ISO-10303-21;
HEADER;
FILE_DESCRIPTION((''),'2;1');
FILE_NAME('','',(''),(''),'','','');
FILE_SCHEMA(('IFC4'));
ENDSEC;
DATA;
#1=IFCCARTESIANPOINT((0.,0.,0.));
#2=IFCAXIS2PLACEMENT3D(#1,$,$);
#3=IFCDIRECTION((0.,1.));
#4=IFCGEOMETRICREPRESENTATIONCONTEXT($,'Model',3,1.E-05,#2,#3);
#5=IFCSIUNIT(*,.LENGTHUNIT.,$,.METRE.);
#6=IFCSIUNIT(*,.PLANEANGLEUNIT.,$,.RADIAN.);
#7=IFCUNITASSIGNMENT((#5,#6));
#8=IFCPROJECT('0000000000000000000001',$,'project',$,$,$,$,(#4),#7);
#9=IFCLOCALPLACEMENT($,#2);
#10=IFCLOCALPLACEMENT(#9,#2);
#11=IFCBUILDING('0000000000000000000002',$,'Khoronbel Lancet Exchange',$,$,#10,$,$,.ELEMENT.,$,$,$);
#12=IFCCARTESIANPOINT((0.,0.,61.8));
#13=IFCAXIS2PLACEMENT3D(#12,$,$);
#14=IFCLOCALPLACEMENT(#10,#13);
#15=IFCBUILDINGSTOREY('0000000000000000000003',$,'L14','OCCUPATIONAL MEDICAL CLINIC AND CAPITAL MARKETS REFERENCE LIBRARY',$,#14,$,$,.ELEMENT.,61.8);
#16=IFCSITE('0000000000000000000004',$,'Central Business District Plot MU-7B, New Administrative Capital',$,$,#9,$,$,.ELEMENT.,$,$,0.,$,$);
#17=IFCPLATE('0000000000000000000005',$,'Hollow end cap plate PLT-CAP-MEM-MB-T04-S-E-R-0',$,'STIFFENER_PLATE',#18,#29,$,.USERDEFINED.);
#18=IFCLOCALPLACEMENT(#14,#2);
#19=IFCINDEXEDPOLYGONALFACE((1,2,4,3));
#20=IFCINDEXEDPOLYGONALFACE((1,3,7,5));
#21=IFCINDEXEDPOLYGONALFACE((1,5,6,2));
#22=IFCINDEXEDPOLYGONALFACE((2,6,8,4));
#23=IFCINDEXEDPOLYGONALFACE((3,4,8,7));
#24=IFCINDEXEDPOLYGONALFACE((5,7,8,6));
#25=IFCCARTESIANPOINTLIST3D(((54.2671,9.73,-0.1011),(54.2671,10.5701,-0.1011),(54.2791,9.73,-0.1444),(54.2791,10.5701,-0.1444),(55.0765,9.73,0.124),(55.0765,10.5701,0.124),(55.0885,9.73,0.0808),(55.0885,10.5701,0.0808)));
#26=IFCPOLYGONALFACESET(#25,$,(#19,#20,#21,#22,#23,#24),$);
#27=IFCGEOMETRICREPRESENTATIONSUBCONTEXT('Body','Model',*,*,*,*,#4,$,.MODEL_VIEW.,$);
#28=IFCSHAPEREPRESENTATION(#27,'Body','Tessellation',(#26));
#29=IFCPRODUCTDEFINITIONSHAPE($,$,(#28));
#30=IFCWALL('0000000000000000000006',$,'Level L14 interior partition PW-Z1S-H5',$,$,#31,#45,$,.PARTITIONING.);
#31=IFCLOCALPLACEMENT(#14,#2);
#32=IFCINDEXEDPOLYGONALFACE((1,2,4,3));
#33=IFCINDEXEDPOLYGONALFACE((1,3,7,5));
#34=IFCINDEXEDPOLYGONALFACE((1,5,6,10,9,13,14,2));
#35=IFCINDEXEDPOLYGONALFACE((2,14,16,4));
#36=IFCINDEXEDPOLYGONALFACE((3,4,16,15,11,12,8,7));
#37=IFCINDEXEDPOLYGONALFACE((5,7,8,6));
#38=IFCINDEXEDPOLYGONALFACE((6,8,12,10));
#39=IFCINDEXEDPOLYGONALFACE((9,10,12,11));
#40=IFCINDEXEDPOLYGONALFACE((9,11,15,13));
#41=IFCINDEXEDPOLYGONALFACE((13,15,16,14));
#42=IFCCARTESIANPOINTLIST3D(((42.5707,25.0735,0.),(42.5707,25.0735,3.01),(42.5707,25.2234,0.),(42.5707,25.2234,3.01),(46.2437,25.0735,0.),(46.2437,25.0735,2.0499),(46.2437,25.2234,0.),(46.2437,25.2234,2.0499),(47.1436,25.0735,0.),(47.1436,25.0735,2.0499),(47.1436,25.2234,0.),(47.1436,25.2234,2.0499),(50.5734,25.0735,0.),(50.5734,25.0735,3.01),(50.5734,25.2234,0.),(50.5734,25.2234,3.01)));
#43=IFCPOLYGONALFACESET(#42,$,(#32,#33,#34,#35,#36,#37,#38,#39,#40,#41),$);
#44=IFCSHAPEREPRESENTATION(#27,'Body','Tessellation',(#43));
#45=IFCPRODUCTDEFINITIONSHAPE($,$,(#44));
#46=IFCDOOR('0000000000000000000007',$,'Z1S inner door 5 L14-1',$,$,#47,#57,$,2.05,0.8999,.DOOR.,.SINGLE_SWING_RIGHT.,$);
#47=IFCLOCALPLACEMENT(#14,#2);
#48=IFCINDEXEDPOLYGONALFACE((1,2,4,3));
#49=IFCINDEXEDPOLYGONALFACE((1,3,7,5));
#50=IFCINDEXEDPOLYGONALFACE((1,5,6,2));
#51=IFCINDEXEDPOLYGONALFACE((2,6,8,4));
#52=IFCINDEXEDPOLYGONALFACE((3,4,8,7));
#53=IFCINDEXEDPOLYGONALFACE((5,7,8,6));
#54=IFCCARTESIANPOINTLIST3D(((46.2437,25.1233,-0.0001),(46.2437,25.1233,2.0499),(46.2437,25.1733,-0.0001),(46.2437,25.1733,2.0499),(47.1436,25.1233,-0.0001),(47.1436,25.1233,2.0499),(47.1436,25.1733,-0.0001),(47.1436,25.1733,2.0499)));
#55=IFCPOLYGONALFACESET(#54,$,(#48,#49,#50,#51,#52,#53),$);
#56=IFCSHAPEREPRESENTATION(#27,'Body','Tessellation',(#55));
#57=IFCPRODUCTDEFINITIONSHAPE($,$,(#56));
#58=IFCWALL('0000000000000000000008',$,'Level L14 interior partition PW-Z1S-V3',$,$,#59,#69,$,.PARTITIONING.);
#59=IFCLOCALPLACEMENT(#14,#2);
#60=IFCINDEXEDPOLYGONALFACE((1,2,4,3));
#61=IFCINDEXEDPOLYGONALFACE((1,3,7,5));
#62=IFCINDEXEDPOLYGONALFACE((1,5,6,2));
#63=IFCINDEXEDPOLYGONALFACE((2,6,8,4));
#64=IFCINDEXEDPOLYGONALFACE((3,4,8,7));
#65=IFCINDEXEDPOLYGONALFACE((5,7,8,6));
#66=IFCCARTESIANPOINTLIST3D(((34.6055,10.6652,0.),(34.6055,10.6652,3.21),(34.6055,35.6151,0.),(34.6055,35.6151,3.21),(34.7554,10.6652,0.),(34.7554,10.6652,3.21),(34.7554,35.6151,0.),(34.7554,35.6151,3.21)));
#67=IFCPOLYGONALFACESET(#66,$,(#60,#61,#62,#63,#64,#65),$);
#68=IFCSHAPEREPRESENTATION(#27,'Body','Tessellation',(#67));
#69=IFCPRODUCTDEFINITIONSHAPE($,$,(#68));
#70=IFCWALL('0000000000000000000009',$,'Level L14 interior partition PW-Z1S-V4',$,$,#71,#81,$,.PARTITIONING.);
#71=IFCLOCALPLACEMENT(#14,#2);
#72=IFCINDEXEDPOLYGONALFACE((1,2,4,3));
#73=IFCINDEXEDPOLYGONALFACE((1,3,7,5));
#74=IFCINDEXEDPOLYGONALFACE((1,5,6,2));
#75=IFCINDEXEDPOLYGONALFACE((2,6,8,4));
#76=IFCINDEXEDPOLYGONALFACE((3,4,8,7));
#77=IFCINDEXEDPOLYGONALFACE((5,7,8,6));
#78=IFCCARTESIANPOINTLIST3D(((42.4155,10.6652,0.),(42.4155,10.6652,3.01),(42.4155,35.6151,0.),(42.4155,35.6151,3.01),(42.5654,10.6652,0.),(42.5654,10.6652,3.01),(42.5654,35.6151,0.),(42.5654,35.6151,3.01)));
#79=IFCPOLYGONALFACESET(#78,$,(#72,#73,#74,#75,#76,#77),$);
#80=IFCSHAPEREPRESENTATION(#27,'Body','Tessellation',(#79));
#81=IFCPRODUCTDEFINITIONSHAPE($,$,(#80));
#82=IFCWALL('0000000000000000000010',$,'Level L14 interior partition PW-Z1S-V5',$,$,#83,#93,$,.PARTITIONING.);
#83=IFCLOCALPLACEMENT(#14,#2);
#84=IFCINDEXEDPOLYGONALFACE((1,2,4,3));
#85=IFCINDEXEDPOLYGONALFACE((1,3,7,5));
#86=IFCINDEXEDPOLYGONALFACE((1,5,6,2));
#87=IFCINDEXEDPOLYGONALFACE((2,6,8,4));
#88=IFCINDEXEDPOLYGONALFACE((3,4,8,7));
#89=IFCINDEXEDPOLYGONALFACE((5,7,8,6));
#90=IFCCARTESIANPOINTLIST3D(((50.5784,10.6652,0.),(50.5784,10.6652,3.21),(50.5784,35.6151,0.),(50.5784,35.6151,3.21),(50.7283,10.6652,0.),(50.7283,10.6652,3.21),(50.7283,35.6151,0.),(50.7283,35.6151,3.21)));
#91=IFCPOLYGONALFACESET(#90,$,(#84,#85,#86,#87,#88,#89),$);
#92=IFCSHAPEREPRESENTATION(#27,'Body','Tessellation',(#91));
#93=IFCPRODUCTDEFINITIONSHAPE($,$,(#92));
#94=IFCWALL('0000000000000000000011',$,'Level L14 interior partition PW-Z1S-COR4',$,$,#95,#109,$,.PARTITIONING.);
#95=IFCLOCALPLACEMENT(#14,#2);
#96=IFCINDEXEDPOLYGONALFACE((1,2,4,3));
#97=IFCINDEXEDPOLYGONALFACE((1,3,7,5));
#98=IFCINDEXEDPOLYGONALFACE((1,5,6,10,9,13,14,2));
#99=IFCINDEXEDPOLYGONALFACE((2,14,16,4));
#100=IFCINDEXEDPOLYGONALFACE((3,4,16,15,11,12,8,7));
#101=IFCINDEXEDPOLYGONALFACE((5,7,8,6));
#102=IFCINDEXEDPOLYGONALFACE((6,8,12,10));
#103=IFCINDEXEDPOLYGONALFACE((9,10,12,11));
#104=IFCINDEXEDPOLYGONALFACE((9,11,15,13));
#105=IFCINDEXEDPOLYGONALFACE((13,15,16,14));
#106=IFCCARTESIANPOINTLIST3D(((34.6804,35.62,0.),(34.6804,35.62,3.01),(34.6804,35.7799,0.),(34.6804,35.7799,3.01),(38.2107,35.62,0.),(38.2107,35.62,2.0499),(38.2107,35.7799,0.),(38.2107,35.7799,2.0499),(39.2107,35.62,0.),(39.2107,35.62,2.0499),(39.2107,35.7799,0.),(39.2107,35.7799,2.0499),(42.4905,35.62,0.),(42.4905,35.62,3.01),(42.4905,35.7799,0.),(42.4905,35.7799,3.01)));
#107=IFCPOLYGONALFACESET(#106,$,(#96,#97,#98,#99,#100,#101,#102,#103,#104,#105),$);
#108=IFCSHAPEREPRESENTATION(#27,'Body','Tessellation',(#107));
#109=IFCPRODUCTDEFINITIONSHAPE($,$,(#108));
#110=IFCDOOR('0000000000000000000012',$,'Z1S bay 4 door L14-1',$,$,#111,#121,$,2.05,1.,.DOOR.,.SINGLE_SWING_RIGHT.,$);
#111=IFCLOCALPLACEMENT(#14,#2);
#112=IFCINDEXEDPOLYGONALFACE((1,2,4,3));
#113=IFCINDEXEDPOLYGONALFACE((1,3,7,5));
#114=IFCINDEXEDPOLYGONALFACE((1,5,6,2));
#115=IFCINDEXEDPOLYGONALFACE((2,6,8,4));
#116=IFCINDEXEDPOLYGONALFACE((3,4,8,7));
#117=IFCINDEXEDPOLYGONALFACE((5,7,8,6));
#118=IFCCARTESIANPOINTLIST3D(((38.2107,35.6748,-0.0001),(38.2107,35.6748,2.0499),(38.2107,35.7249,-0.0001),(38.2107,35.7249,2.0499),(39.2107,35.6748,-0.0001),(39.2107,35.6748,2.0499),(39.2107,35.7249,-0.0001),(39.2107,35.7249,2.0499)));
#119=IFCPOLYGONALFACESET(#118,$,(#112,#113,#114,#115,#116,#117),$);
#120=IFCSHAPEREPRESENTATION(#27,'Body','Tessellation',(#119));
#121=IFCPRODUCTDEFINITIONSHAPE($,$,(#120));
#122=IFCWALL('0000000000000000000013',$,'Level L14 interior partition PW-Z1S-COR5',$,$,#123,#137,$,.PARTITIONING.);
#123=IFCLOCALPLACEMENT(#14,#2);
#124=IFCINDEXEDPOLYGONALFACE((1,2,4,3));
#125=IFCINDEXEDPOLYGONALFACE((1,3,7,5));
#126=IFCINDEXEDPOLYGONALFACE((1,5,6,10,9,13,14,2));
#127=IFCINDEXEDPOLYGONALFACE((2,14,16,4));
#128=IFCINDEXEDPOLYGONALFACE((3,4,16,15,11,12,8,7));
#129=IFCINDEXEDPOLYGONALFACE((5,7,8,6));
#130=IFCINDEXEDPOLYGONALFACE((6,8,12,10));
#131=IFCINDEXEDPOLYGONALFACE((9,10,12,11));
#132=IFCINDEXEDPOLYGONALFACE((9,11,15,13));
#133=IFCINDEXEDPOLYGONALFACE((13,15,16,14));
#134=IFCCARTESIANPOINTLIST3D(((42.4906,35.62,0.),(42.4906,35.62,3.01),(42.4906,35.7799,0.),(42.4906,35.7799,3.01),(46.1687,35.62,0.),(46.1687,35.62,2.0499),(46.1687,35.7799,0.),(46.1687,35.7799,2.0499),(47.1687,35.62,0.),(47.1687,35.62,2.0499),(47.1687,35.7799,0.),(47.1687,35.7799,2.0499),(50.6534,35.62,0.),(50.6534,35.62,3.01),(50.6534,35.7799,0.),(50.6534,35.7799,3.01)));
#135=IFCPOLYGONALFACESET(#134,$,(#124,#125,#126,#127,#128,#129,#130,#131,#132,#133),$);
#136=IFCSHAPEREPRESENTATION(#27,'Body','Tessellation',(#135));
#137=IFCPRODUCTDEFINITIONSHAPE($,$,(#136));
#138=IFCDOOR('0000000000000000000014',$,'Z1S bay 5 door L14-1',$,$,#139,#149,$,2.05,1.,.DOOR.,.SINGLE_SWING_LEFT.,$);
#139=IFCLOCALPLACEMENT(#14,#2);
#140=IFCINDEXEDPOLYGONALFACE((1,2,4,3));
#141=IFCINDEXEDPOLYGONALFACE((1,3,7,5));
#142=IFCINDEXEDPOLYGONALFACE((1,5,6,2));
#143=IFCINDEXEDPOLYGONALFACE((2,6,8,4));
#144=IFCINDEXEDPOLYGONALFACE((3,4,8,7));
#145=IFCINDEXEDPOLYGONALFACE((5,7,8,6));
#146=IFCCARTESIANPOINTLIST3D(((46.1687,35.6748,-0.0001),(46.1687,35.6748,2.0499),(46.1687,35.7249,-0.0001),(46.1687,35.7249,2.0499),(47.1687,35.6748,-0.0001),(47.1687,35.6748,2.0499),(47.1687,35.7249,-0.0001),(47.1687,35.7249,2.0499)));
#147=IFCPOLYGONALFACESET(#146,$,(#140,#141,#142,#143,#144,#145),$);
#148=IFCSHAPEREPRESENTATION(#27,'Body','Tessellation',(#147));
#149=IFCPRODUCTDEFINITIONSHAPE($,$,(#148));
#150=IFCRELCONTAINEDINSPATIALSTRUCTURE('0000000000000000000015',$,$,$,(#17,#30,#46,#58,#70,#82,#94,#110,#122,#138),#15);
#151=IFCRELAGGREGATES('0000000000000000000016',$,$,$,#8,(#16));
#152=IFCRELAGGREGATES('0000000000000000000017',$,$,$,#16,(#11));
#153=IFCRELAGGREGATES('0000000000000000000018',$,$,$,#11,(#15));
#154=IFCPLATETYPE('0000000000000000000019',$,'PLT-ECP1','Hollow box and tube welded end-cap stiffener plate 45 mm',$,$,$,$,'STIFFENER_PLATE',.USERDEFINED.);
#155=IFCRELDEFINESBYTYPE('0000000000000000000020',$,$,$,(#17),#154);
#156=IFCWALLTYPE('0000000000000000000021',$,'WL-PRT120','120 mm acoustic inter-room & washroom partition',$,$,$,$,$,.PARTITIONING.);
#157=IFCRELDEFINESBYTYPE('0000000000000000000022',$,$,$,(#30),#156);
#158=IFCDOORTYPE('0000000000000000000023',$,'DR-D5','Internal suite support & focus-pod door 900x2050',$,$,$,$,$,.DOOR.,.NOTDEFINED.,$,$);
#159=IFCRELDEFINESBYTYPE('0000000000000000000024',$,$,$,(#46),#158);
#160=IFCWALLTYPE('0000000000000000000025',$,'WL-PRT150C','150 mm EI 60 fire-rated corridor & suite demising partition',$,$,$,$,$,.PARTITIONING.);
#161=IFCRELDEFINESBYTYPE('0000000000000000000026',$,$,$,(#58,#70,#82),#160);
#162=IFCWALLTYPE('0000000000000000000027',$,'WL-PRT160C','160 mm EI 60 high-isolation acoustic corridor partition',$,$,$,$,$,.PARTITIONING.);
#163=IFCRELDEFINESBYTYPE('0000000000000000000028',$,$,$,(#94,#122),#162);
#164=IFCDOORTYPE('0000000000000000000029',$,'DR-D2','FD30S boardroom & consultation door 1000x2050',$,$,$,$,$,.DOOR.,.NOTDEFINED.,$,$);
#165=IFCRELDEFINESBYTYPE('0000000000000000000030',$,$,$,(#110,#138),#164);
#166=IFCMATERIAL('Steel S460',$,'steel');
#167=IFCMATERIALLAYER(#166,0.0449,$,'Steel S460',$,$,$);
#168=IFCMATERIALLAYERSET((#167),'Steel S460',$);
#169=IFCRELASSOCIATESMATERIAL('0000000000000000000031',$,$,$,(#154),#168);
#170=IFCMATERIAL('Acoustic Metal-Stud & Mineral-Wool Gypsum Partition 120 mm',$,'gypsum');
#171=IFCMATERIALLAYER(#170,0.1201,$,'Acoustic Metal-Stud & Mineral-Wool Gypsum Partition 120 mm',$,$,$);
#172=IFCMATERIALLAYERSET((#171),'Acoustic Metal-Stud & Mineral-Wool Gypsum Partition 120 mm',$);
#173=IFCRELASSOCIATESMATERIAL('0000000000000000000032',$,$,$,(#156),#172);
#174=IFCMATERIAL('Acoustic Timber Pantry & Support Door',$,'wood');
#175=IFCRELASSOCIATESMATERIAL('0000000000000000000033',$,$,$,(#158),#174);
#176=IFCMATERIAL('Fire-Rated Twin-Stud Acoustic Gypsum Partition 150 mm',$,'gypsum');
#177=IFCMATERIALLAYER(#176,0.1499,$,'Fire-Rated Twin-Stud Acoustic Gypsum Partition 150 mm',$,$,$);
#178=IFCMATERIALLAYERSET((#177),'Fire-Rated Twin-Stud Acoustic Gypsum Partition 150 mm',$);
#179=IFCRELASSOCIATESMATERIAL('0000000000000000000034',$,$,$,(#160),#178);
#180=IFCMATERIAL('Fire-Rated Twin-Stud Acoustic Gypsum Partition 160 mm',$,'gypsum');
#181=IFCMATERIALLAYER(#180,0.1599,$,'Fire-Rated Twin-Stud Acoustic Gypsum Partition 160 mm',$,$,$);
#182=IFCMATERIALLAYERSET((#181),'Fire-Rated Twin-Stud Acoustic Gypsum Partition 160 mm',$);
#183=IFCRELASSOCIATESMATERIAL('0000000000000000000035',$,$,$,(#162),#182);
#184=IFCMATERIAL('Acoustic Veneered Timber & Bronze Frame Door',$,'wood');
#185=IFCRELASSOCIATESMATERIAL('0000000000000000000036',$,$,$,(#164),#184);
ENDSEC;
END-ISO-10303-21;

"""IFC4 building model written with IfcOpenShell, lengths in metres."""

from ifc_helpers import new_model, si_unit, direction, frame, frame_2d, origin, place, context, subcontext, project, spatial, polyline, rectangle, outline, extrude, material, layer, layer_set, type_object, element, fill, save


model = new_model("IFC4")

# Units and contexts
model_context = context("Model", 3, precision=1e-05, world=origin(), true_north=direction((0.0, 1.0)))
body_context = subcontext(model_context, "Body", "Model", "MODEL_VIEW")
ifc_project = project(units=[si_unit("LENGTHUNIT", "METRE"), si_unit("PLANEANGLEUNIT", "RADIAN")], contexts=[model_context])

# Site, building, storey
site_placement = place(None, origin())
site = spatial("IfcSite", under=ifc_project, at=site_placement, Name="Central Business District Plot MU-7B, New Administrative Capital", CompositionType="ELEMENT", RefElevation=0.0)
building_placement = place(site_placement, origin())
building = spatial("IfcBuilding", under=site, at=building_placement, Name="Khoronbel Lancet Exchange", CompositionType="ELEMENT")
storey_placement = place(building_placement, frame((0.0, 0.0, 61.8)))
storey = spatial("IfcBuildingStorey", under=building, at=storey_placement, Name="L14", Description="OCCUPATIONAL MEDICAL CLINIC AND CAPITAL MARKETS REFERENCE LIBRARY", CompositionType="ELEMENT", Elevation=61.8)

# Shared definitions
ifc_material_1 = material(Name="Steel S460", Category="steel")

# Plate
ifc_layer_1 = layer(ifc_material_1, 0.0449, Name="Steel S460")
ifc_layer_set_1 = layer_set([ifc_layer_1], Name="Steel S460")
plate_type = type_object("IfcPlateType", Name="PLT-ECP1", Description="Hollow box and tube welded end-cap stiffener plate 45 mm", ElementType="STIFFENER_PLATE", PredefinedType="USERDEFINED", material=ifc_layer_set_1)
for number, where, z_axis, x_axis, name in (
    (1, (54.2671, 10.5701, -0.1011), (-0.267959, 0.0, 0.96343), (0.0, -1.0, 0.0), "Hollow end cap plate PLT-CAP-MEM-MB-T04-S-E-R-0"),
):
    element("IfcPlate", number, at=place(storey_placement, frame(where, z_axis=z_axis, x_axis=x_axis)), inside=storey, type_object=plate_type, Name=name, ObjectType="STIFFENER_PLATE", PredefinedType="USERDEFINED", context=body_context, shape_type="SweptSolid", body=[
        extrude(outline(polyline([(0.0, 0.0), (0.8401, 0.0), (0.8401, 0.8401), (0.0, 0.8401), (0.0, 0.0)])), origin(), (0.0, 0.0, -1.0), 0.0449),
    ])

# Wall, opening, door
ifc_material_2 = material(Name="Acoustic Metal-Stud & Mineral-Wool Gypsum Partition 120 mm", Category="gypsum")
ifc_layer_2 = layer(ifc_material_2, 0.1201, Name="Acoustic Metal-Stud & Mineral-Wool Gypsum Partition 120 mm")
ifc_layer_set_2 = layer_set([ifc_layer_2], Name="Acoustic Metal-Stud & Mineral-Wool Gypsum Partition 120 mm")
wall_type_1 = type_object("IfcWallType", Name="WL-PRT120", Description="120 mm acoustic inter-room & washroom partition", PredefinedType="PARTITIONING", material=ifc_layer_set_2)
wall_1_placement = place(storey_placement, frame((42.5706, 25.1484, 0.0), z_axis=(0.0, 0.0, 1.0), x_axis=(1.0, 0.0, 0.0)))
wall_1 = element("IfcWall", 2, at=wall_1_placement, inside=storey, type_object=wall_type_1, Name="Level L14 interior partition PW-Z1S-H5", PredefinedType="PARTITIONING", context=body_context, shape_type="SweptSolid", body=[
    extrude(rectangle(XDim=8.0027, YDim=0.1499, at=frame_2d((4.0015, 0.0))), origin(), (0.0, 0.0, 1.0), 3.01),
])
opening_1_placement = place(wall_1_placement, frame((3.6731, 0.0, 0.0)))
opening_1 = element("IfcOpeningElement", 3, at=opening_1_placement, cuts=wall_1, PredefinedType="OPENING", context=body_context, shape_type="SweptSolid", body=[
    extrude(rectangle(XDim=0.8999, YDim=2.05, at=frame_2d((0.45, 1.0249))), frame((0.0, 0.085, 0.0), z_axis=(0.0, -1.0, 0.0), x_axis=(1.0, 0.0, 0.0)), (0.0, 0.0, 1.0), 0.1699),
])
ifc_material_3 = material(Name="Acoustic Timber Pantry & Support Door", Category="wood")
door_type_1 = type_object("IfcDoorType", Name="DR-D5", Description="Internal suite support & focus-pod door 900x2050", OperationType="NOTDEFINED", PredefinedType="DOOR", material=ifc_material_3)
door_1_placement = place(opening_1_placement, origin())
door_1 = element("IfcDoor", 4, at=door_1_placement, inside=storey, type_object=door_type_1, Name="Z1S inner door 5 L14-1", OperationType="SINGLE_SWING_RIGHT", OverallHeight=2.05, OverallWidth=0.8999, PredefinedType="DOOR", context=body_context, shape_type="SweptSolid", body=[
    extrude(rectangle(XDim=0.8999, YDim=2.05, at=frame_2d((0.45, 1.0249))), frame((0.0, 0.0249, 0.0), z_axis=(0.0, -1.0, 0.0), x_axis=(1.0, 0.0, 0.0)), (0.0, 0.0, 1.0), 0.05),
])
fill(opening_1, door_1)

# Walls
ifc_material_4 = material(Name="Fire-Rated Twin-Stud Acoustic Gypsum Partition 150 mm", Category="gypsum")
ifc_layer_3 = layer(ifc_material_4, 0.1499, Name="Fire-Rated Twin-Stud Acoustic Gypsum Partition 150 mm")
ifc_layer_set_3 = layer_set([ifc_layer_3], Name="Fire-Rated Twin-Stud Acoustic Gypsum Partition 150 mm")
wall_type_2 = type_object("IfcWallType", Name="WL-PRT150C", Description="150 mm EI 60 fire-rated corridor & suite demising partition", PredefinedType="PARTITIONING", material=ifc_layer_set_3)
wall_2_placement = place(storey_placement, frame((34.6804, 10.665, 0.0), z_axis=(0.0, 0.0, 1.0), x_axis=(0.0, 1.0, 0.0)))
element("IfcWall", 5, at=wall_2_placement, inside=storey, type_object=wall_type_2, Name="Level L14 interior partition PW-Z1S-V3", PredefinedType="PARTITIONING", context=body_context, shape_type="SweptSolid", body=[
    extrude(rectangle(XDim=24.95, YDim=0.1499, at=frame_2d((12.4751, 0.0))), origin(), (0.0, 0.0, 1.0), 3.21),
])
wall_3_placement = place(storey_placement, frame((42.4905, 10.665, 0.0), z_axis=(0.0, 0.0, 1.0), x_axis=(0.0, 1.0, 0.0)))
element("IfcWall", 6, at=wall_3_placement, inside=storey, type_object=wall_type_2, Name="Level L14 interior partition PW-Z1S-V4", PredefinedType="PARTITIONING", context=body_context, shape_type="SweptSolid", body=[
    extrude(rectangle(XDim=24.95, YDim=0.1499, at=frame_2d((12.4751, 0.0))), origin(), (0.0, 0.0, 1.0), 3.01),
])
wall_4_placement = place(storey_placement, frame((50.6533, 10.665, 0.0), z_axis=(0.0, 0.0, 1.0), x_axis=(0.0, 1.0, 0.0)))
element("IfcWall", 7, at=wall_4_placement, inside=storey, type_object=wall_type_2, Name="Level L14 interior partition PW-Z1S-V5", PredefinedType="PARTITIONING", context=body_context, shape_type="SweptSolid", body=[
    extrude(rectangle(XDim=24.95, YDim=0.1499, at=frame_2d((12.4751, 0.0))), origin(), (0.0, 0.0, 1.0), 3.21),
])

# Walls, openings, doors
ifc_material_5 = material(Name="Fire-Rated Twin-Stud Acoustic Gypsum Partition 160 mm", Category="gypsum")
ifc_layer_4 = layer(ifc_material_5, 0.1599, Name="Fire-Rated Twin-Stud Acoustic Gypsum Partition 160 mm")
ifc_layer_set_4 = layer_set([ifc_layer_4], Name="Fire-Rated Twin-Stud Acoustic Gypsum Partition 160 mm")
wall_type_3 = type_object("IfcWallType", Name="WL-PRT160C", Description="160 mm EI 60 high-isolation acoustic corridor partition", PredefinedType="PARTITIONING", material=ifc_layer_set_4)
wall_5_placement = place(storey_placement, frame((34.6804, 35.7, 0.0), z_axis=(0.0, 0.0, 1.0), x_axis=(1.0, 0.0, 0.0)))
wall_5 = element("IfcWall", 8, at=wall_5_placement, inside=storey, type_object=wall_type_3, Name="Level L14 interior partition PW-Z1S-COR4", PredefinedType="PARTITIONING", context=body_context, shape_type="SweptSolid", body=[
    extrude(rectangle(XDim=7.8101, YDim=0.1599, at=frame_2d((3.905, 0.0))), origin(), (0.0, 0.0, 1.0), 3.01),
])
opening_2_placement = place(wall_5_placement, frame((3.5303, 0.0, 0.0)))
opening_2 = element("IfcOpeningElement", 9, at=opening_2_placement, cuts=wall_5, PredefinedType="OPENING", context=body_context, shape_type="SweptSolid", body=[
    extrude(rectangle(XDim=1.0, YDim=2.05, at=frame_2d((0.5, 1.0249))), frame((0.0, 0.0898, 0.0), z_axis=(0.0, -1.0, 0.0), x_axis=(1.0, 0.0, 0.0)), (0.0, 0.0, 1.0), 0.1799),
])
ifc_material_6 = material(Name="Acoustic Veneered Timber & Bronze Frame Door", Category="wood")
door_type_2 = type_object("IfcDoorType", Name="DR-D2", Description="FD30S boardroom & consultation door 1000x2050", OperationType="NOTDEFINED", PredefinedType="DOOR", material=ifc_material_6)
door_2_placement = place(opening_2_placement, origin())
door_2 = element("IfcDoor", 10, at=door_2_placement, inside=storey, type_object=door_type_2, Name="Z1S bay 4 door L14-1", OperationType="SINGLE_SWING_RIGHT", OverallHeight=2.05, OverallWidth=1.0, PredefinedType="DOOR", context=body_context, shape_type="SweptSolid", body=[
    extrude(rectangle(XDim=1.0, YDim=2.05, at=frame_2d((0.5, 1.0249))), frame((0.0, 0.0249, 0.0), z_axis=(0.0, -1.0, 0.0), x_axis=(1.0, 0.0, 0.0)), (0.0, 0.0, 1.0), 0.05),
])
fill(opening_2, door_2)
wall_6_placement = place(storey_placement, frame((42.4905, 35.7, 0.0), z_axis=(0.0, 0.0, 1.0), x_axis=(1.0, 0.0, 0.0)))
wall_6 = element("IfcWall", 11, at=wall_6_placement, inside=storey, type_object=wall_type_3, Name="Level L14 interior partition PW-Z1S-COR5", PredefinedType="PARTITIONING", context=body_context, shape_type="SweptSolid", body=[
    extrude(rectangle(XDim=8.1628, YDim=0.1599, at=frame_2d((4.0815, 0.0))), origin(), (0.0, 0.0, 1.0), 3.01),
])
opening_3_placement = place(wall_6_placement, frame((3.6782, 0.0, 0.0)))
opening_3 = element("IfcOpeningElement", 12, at=opening_3_placement, cuts=wall_6, PredefinedType="OPENING", context=body_context, shape_type="SweptSolid", body=[
    extrude(rectangle(XDim=1.0, YDim=2.05, at=frame_2d((0.5, 1.0249))), frame((0.0, 0.0898, 0.0), z_axis=(0.0, -1.0, 0.0), x_axis=(1.0, 0.0, 0.0)), (0.0, 0.0, 1.0), 0.1799),
])
door_3_placement = place(opening_3_placement, origin())
door_3 = element("IfcDoor", 13, at=door_3_placement, inside=storey, type_object=door_type_2, Name="Z1S bay 5 door L14-1", OperationType="SINGLE_SWING_LEFT", OverallHeight=2.05, OverallWidth=1.0, PredefinedType="DOOR", context=body_context, shape_type="SweptSolid", body=[
    extrude(rectangle(XDim=1.0, YDim=2.05, at=frame_2d((0.5, 1.0249))), frame((0.0, 0.0249, 0.0), z_axis=(0.0, -1.0, 0.0), x_axis=(1.0, 0.0, 0.0)), (0.0, 0.0, 1.0), 0.05),
])
fill(opening_3, door_3)

save(model, "model.ifc")
